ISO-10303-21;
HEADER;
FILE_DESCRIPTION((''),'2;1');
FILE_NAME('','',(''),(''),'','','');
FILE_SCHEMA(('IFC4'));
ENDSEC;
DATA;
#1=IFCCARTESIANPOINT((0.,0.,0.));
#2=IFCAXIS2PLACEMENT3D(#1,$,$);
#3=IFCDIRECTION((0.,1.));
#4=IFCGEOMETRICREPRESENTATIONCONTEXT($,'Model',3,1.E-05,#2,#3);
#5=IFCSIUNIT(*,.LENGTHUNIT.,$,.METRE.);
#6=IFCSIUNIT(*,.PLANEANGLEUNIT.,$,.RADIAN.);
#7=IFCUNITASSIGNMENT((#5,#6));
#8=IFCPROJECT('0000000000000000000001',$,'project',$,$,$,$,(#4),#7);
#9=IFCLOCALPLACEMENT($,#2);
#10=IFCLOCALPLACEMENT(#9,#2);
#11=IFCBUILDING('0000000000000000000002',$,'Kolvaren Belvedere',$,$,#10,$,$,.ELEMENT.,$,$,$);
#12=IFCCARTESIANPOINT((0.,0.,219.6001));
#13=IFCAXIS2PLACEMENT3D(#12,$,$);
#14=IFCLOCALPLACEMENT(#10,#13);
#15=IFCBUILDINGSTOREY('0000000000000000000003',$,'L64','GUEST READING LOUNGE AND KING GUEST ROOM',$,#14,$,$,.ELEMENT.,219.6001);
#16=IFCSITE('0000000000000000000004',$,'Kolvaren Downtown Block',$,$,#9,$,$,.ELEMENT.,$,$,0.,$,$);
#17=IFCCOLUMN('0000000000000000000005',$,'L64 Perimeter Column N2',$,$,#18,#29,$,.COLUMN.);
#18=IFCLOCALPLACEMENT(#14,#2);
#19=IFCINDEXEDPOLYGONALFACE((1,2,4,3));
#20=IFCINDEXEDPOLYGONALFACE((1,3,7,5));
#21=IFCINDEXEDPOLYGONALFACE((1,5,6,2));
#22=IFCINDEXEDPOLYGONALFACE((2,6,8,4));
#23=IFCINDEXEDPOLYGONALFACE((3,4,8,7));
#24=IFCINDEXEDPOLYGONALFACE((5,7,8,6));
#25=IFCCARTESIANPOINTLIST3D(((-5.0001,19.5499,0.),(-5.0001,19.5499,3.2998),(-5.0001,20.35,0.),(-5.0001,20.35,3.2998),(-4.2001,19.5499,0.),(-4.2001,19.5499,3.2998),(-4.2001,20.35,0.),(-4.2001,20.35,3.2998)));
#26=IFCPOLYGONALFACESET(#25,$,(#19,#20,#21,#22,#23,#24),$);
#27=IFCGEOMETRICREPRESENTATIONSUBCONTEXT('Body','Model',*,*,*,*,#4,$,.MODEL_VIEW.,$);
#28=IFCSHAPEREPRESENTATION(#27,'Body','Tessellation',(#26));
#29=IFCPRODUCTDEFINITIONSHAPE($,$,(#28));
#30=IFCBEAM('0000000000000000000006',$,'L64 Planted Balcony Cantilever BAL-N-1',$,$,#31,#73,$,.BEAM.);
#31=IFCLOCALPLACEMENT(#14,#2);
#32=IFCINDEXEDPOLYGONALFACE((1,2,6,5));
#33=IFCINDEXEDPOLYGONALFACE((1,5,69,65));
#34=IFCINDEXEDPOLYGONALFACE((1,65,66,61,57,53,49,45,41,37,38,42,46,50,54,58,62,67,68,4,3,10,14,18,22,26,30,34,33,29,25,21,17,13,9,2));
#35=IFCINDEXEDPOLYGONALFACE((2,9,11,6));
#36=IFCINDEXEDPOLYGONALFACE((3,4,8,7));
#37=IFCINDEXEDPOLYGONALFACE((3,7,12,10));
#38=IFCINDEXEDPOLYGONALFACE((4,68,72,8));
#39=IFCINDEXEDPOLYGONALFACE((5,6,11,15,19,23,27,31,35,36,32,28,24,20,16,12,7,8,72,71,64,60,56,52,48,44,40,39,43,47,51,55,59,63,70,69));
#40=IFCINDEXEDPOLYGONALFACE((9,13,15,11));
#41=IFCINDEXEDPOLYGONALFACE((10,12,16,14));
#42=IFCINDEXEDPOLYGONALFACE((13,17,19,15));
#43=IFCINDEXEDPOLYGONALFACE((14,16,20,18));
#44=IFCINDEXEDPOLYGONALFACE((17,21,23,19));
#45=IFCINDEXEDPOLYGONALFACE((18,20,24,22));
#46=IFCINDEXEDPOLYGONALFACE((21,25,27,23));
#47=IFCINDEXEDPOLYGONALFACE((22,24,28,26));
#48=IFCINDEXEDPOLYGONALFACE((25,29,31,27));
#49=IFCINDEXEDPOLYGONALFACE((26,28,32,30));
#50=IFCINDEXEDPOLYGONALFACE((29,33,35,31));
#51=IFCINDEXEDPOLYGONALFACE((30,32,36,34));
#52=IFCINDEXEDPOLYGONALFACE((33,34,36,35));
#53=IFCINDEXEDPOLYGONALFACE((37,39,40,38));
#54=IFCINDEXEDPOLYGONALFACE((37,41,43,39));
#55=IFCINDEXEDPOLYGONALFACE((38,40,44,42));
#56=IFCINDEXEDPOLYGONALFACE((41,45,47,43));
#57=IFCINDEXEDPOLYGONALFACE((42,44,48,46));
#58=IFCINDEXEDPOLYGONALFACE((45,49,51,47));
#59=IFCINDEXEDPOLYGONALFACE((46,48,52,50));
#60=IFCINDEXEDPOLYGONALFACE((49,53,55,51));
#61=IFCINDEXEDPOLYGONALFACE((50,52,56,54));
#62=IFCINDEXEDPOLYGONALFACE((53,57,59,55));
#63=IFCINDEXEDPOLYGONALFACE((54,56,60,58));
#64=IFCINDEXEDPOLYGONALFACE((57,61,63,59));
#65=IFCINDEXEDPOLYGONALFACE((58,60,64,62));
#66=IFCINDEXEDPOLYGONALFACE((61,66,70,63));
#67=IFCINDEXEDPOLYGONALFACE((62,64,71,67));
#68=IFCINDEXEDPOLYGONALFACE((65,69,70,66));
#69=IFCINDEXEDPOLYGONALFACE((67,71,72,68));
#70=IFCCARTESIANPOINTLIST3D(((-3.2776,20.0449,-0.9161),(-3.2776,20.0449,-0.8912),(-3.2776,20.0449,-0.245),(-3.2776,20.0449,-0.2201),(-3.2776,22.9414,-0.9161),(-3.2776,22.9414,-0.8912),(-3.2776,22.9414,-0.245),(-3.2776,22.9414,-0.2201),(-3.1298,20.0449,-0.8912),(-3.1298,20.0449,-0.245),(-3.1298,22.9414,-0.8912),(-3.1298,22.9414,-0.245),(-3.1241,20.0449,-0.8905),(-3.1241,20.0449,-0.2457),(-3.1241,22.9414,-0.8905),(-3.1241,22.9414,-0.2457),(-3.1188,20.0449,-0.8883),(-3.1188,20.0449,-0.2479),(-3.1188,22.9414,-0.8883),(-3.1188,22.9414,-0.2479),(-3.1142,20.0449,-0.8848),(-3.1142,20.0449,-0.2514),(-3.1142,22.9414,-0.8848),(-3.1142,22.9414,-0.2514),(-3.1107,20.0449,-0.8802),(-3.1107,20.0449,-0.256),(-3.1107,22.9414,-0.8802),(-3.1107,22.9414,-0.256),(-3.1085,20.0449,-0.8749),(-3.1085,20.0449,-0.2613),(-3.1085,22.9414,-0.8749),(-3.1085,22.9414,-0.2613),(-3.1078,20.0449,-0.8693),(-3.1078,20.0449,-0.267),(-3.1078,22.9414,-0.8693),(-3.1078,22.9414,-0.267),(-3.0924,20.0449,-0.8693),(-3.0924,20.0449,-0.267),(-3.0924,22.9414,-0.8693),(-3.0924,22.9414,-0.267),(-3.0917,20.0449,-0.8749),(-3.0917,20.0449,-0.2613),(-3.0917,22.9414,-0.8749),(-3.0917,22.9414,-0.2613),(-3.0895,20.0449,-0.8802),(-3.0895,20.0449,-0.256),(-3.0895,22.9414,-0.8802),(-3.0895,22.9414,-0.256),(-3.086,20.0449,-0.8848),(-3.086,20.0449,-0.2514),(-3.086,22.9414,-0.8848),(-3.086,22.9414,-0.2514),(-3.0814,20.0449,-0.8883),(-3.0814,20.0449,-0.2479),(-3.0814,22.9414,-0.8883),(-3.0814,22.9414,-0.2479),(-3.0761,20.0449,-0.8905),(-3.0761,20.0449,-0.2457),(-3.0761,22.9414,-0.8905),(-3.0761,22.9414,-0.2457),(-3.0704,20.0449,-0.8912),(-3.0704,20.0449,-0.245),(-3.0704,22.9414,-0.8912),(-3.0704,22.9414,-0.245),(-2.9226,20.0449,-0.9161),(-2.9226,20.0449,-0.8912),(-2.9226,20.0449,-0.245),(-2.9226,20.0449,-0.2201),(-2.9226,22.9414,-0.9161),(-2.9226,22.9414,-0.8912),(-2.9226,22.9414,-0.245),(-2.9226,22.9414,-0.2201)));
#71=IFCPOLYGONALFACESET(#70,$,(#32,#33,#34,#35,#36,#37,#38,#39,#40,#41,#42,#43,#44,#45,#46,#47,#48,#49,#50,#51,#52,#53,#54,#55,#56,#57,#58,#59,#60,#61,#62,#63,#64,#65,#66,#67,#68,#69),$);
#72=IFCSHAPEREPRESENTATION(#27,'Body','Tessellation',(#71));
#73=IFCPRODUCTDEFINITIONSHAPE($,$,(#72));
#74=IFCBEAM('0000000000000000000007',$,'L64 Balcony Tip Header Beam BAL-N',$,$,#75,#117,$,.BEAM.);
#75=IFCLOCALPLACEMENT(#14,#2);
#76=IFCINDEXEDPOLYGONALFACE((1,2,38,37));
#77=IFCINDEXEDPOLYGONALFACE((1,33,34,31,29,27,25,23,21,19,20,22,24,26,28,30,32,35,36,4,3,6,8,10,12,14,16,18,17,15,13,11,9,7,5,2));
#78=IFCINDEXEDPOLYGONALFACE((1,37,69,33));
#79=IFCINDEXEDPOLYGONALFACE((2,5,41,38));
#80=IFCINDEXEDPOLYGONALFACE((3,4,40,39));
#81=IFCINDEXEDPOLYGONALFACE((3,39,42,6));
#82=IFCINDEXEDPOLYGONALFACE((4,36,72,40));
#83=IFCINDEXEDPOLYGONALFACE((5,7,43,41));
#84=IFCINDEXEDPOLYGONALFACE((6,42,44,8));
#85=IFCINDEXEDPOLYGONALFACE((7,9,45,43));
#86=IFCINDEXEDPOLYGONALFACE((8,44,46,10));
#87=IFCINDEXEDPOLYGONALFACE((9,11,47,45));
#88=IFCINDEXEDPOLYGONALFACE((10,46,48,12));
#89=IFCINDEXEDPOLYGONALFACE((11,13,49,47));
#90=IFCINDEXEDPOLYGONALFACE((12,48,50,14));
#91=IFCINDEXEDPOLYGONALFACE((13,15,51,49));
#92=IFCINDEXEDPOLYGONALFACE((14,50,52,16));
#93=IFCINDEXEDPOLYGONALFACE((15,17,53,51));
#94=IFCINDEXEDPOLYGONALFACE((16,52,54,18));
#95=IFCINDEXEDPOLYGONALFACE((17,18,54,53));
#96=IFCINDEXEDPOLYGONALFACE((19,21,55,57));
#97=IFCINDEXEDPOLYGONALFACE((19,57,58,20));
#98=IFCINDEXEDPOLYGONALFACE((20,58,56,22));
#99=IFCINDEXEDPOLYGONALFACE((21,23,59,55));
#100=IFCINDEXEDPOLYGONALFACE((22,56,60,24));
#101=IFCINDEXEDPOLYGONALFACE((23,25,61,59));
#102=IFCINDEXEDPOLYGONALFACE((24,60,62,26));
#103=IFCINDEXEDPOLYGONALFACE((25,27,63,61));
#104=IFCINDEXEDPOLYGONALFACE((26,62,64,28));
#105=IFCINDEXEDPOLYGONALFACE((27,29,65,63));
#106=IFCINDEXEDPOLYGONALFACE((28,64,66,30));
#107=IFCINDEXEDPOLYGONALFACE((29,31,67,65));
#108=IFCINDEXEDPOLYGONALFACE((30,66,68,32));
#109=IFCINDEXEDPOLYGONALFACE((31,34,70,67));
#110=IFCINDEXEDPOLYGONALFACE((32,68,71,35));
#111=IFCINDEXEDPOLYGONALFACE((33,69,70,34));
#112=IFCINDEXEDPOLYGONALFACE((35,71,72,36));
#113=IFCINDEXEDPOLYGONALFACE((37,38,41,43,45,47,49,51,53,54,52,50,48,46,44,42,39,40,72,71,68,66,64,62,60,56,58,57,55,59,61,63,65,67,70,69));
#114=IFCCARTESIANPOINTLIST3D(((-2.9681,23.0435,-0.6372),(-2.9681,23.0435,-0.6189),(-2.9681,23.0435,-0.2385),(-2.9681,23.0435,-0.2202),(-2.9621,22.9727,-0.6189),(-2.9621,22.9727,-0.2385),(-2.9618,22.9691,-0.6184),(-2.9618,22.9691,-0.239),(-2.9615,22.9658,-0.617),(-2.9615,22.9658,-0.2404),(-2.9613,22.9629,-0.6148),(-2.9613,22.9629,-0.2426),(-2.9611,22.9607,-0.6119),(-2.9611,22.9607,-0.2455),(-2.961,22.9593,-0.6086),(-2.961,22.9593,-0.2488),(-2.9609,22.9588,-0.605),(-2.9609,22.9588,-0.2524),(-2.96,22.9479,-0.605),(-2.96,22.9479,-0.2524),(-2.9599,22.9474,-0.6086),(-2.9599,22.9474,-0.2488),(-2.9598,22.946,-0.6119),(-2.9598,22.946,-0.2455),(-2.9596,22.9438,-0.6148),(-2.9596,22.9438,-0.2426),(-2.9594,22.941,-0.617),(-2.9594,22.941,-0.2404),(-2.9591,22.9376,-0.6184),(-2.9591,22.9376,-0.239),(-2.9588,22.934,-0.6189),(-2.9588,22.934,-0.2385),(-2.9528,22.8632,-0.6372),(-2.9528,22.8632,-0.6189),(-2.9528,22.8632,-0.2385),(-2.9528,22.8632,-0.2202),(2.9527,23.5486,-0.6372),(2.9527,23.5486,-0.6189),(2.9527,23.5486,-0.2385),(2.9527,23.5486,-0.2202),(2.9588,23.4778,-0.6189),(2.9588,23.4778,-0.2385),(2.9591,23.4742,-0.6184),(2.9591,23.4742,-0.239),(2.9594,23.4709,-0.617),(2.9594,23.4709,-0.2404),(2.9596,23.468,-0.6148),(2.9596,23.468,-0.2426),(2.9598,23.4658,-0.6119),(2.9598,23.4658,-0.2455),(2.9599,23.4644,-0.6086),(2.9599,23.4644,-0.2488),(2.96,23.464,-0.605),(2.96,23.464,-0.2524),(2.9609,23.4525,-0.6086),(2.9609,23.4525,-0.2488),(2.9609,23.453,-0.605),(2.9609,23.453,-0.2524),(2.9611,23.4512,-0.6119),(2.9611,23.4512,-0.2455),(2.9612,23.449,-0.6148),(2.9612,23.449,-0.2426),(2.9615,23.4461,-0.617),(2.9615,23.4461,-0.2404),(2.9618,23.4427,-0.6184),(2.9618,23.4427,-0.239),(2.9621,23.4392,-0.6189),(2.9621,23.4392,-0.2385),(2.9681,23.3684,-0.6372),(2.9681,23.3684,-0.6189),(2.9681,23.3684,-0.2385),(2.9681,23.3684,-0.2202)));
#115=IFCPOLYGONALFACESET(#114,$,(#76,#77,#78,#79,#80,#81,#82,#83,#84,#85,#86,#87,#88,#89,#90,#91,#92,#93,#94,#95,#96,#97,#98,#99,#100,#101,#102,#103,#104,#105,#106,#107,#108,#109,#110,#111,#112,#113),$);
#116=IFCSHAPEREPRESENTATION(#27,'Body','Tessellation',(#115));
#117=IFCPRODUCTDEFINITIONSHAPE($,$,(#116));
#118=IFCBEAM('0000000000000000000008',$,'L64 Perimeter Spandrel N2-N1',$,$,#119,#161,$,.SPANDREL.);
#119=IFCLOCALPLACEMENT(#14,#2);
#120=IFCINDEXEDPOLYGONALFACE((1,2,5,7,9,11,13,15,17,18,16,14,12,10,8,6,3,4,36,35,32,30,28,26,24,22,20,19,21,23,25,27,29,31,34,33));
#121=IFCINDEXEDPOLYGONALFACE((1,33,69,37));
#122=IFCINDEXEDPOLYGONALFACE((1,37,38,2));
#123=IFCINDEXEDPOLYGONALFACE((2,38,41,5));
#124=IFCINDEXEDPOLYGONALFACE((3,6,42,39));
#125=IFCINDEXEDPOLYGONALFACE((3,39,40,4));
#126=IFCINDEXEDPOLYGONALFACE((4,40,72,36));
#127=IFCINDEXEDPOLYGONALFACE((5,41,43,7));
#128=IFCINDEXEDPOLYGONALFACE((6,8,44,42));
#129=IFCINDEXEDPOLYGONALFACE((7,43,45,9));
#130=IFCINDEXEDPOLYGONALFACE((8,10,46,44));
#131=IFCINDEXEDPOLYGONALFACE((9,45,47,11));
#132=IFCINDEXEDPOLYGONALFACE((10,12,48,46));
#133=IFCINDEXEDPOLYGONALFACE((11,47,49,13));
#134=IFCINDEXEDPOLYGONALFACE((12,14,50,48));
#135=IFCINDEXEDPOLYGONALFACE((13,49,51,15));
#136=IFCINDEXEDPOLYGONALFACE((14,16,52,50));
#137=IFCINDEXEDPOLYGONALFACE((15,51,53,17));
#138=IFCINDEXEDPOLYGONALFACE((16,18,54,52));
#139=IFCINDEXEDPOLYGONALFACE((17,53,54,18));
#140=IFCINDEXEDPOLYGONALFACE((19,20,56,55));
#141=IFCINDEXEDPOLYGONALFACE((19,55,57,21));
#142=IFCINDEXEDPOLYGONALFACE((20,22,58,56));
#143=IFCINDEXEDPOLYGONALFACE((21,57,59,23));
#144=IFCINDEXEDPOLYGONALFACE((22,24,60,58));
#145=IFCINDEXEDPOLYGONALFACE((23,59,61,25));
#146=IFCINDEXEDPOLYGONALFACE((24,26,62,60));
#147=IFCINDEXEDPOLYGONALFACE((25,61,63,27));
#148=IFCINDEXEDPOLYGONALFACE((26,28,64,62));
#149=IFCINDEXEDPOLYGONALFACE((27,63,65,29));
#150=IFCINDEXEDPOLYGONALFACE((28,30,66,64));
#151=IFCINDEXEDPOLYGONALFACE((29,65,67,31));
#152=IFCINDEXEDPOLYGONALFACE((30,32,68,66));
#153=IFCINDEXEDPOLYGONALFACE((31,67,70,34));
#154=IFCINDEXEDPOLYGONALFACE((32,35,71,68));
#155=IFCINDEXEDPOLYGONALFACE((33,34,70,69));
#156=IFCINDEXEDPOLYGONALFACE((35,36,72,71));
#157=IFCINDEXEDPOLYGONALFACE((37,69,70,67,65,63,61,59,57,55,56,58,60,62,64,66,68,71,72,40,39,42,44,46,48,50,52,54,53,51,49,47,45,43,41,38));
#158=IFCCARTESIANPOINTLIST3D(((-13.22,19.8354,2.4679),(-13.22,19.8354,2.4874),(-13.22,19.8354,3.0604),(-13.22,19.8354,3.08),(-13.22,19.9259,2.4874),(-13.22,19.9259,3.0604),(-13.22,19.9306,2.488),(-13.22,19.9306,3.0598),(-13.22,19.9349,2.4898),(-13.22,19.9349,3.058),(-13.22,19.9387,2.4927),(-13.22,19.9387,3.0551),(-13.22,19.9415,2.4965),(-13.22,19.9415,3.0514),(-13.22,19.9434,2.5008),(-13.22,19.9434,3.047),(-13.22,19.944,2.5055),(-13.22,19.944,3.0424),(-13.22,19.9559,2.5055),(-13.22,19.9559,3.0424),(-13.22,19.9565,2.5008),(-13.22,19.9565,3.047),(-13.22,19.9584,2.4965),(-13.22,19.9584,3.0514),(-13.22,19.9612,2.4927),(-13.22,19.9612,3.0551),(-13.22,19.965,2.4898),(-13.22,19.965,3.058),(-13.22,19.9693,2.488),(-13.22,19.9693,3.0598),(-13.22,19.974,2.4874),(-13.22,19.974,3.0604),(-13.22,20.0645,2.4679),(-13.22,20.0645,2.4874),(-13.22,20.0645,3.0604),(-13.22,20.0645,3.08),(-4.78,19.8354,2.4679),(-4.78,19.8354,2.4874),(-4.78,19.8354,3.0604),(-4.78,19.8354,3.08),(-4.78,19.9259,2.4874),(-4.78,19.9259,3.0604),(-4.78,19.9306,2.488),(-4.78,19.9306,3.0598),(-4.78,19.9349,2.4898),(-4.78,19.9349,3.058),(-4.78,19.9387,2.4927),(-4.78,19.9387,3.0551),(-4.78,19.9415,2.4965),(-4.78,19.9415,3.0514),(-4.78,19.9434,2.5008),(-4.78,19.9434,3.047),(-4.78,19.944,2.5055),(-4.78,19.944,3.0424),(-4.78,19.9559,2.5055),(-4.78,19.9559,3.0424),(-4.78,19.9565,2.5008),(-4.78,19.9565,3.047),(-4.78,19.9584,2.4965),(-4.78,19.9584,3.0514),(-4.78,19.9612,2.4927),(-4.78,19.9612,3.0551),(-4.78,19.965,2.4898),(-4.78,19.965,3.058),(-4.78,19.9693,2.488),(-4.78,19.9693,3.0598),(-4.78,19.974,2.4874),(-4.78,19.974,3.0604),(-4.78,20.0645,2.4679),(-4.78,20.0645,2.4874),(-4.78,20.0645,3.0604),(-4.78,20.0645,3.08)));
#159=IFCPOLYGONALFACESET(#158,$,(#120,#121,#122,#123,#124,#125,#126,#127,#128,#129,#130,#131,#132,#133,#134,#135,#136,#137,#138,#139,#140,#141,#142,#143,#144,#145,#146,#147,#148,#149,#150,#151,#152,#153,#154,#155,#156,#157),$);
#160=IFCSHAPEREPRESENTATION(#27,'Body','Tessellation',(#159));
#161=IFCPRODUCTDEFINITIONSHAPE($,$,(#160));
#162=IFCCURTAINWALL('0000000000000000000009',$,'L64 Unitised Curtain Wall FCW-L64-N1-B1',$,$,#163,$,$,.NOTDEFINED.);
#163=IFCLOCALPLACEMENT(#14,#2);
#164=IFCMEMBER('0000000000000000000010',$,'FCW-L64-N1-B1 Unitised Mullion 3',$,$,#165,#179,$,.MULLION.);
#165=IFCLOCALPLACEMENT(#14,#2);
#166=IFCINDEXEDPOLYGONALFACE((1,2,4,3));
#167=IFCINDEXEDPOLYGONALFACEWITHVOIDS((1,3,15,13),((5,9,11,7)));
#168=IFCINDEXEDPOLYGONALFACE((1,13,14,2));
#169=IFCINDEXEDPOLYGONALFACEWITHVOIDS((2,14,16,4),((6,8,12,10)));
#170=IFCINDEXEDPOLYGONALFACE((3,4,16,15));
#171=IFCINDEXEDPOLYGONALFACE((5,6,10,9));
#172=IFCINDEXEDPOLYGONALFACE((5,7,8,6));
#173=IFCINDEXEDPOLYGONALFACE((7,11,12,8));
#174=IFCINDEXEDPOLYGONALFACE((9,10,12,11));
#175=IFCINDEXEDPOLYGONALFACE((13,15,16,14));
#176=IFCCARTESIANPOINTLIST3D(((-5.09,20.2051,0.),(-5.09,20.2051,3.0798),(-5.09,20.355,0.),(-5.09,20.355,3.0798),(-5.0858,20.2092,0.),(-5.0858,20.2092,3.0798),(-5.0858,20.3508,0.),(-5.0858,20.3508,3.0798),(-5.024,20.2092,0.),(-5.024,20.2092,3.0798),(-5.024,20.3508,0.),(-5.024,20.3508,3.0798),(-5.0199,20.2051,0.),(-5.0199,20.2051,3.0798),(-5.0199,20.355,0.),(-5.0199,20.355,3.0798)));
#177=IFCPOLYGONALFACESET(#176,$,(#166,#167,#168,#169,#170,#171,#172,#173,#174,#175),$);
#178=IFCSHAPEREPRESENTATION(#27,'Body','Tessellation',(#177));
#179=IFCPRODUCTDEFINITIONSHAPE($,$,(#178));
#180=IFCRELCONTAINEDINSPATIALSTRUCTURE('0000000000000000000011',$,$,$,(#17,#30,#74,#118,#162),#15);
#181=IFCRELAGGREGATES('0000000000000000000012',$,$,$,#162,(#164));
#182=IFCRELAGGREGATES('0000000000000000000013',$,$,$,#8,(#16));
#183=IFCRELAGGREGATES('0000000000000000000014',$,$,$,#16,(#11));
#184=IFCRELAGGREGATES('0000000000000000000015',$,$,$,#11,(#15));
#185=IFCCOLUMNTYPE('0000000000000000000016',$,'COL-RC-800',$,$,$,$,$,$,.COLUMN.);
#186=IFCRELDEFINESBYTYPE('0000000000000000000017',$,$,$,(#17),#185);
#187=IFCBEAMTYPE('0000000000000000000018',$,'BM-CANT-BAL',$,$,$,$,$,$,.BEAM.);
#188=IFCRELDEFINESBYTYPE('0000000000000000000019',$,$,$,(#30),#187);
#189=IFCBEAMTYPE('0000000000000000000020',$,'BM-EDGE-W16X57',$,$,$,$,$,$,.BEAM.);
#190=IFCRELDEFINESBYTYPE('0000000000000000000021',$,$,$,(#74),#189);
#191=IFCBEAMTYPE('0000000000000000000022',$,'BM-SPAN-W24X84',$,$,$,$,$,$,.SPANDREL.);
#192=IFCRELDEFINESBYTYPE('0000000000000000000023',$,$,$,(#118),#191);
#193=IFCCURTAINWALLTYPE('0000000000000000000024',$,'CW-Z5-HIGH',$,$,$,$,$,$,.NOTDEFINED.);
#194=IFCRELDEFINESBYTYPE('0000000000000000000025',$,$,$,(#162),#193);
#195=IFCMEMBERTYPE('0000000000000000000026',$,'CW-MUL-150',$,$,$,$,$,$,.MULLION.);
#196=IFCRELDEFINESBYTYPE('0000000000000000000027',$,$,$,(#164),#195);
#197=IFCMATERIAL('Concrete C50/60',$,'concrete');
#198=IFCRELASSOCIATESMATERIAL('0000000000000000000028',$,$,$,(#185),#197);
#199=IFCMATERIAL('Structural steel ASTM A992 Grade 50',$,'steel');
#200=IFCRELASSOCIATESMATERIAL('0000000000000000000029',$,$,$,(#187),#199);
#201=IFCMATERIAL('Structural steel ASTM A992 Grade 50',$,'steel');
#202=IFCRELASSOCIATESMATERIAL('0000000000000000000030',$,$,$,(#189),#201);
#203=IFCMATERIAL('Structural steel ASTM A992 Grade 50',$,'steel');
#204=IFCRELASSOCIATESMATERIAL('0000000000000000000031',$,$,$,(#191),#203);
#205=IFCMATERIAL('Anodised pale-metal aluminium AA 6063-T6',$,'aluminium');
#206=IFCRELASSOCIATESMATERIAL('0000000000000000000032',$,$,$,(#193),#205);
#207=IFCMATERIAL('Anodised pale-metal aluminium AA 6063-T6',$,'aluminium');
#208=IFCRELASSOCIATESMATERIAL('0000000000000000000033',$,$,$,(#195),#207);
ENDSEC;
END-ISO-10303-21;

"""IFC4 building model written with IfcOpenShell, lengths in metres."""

from ifc_helpers import new_model, si_unit, direction, frame, origin, origin_2d, place, context, subcontext, project, spatial, rectangle, hollow_rectangle, i_section, extrude, material, material_profile, profile_set, type_object, element, aggregate, save


model = new_model("IFC4")

# Units and contexts
model_context = context("Model", 3, precision=1e-05, world=origin(), true_north=direction((0.0, 1.0)))
body_context = subcontext(model_context, "Body", "Model", "MODEL_VIEW")
ifc_project = project(units=[si_unit("LENGTHUNIT", "METRE"), si_unit("PLANEANGLEUNIT", "RADIAN")], contexts=[model_context])

# Site, building, storey
site_placement = place(None, origin())
site = spatial("IfcSite", under=ifc_project, at=site_placement, Name="Kolvaren Downtown Block", CompositionType="ELEMENT", RefElevation=0.0)
building_placement = place(site_placement, origin())
building = spatial("IfcBuilding", under=site, at=building_placement, Name="Kolvaren Belvedere", CompositionType="ELEMENT")
storey_placement = place(building_placement, frame((0.0, 0.0, 219.6001)))
storey = spatial("IfcBuildingStorey", under=building, at=storey_placement, Name="L64", Description="GUEST READING LOUNGE AND KING GUEST ROOM", CompositionType="ELEMENT", Elevation=219.6001)

# Column
ifc_material_1 = material(Name="Concrete C50/60", Category="concrete")
ifc_material_profile_1 = material_profile(ifc_material_1, rectangle(XDim=0.8, YDim=0.8, at=origin_2d()), Name="RC 800X800")
ifc_profile_set_1 = profile_set([ifc_material_profile_1], Name="Concrete C50/60")
column_type = type_object("IfcColumnType", Name="COL-RC-800", PredefinedType="COLUMN", material=ifc_profile_set_1)
column_placement = place(storey_placement, frame((-4.6001, 19.95, 0.0), z_axis=(0.0, 0.0, 1.0), x_axis=(1.0, 0.0, 0.0)))
element("IfcColumn", 1, at=column_placement, inside=storey, type_object=column_type, Name="L64 Perimeter Column N2", PredefinedType="COLUMN", context=body_context, shape_type="SweptSolid", body=[
    extrude(rectangle(XDim=0.8, YDim=0.8, at=origin_2d()), origin(), (0.0, 0.0, 1.0), 3.2998),
])

# Beams
ifc_material_2 = material(Name="Structural steel ASTM A992 Grade 50", Category="steel")
ifc_material_profile_2 = material_profile(ifc_material_2, i_section(OverallWidth=0.355, OverallDepth=0.696, WebThickness=0.0154, FlangeThickness=0.0249, FilletRadius=0.022, at=origin_2d()), Name="W27X146")
ifc_profile_set_2 = profile_set([ifc_material_profile_2], Name="Structural steel ASTM A992 Grade 50")
beam_type_1 = type_object("IfcBeamType", Name="BM-CANT-BAL", PredefinedType="BEAM", material=ifc_profile_set_2)
beam_1_placement = place(storey_placement, frame((-3.1001, 20.0449, -0.5681), z_axis=(0.0, 1.0, 0.0), x_axis=(-1.0, 0.0, 0.0)))
element("IfcBeam", 2, at=beam_1_placement, inside=storey, type_object=beam_type_1, Name="L64 Planted Balcony Cantilever BAL-N-1", PredefinedType="BEAM", context=body_context, shape_type="SweptSolid", body=[
    extrude(i_section(OverallWidth=0.355, OverallDepth=0.696, WebThickness=0.0154, FlangeThickness=0.0249, FilletRadius=0.022, at=origin_2d()), origin(), (0.0, 0.0, 1.0), 2.8965),
])
ifc_material_3 = material(Name="Structural steel ASTM A992 Grade 50", Category="steel")
ifc_material_profile_3 = material_profile(ifc_material_3, i_section(OverallWidth=0.1809, OverallDepth=0.417, WebThickness=0.011, FlangeThickness=0.0183, FilletRadius=0.0139, at=origin_2d()), Name="W16X57")
ifc_profile_set_3 = profile_set([ifc_material_profile_3], Name="Structural steel ASTM A992 Grade 50")
beam_type_2 = type_object("IfcBeamType", Name="BM-EDGE-W16X57", PredefinedType="BEAM", material=ifc_profile_set_3)
beam_2_placement = place(storey_placement, frame((-2.9604, 22.9534, -0.4287), z_axis=(0.996381, 0.085004, 0.0), x_axis=(-0.085004, 0.996381, 0.0)))
element("IfcBeam", 3, at=beam_2_placement, inside=storey, type_object=beam_type_2, Name="L64 Balcony Tip Header Beam BAL-N", PredefinedType="BEAM", context=body_context, shape_type="SweptSolid", body=[
    extrude(i_section(OverallWidth=0.1809, OverallDepth=0.417, WebThickness=0.011, FlangeThickness=0.0183, FilletRadius=0.0139, at=origin_2d()), origin(), (0.0, 0.0, 1.0), 5.9424),
])
ifc_material_4 = material(Name="Structural steel ASTM A992 Grade 50", Category="steel")
ifc_material_profile_4 = material_profile(ifc_material_4, i_section(OverallWidth=0.229, OverallDepth=0.6121, WebThickness=0.012, FlangeThickness=0.0195, FilletRadius=0.0181, at=origin_2d()), Name="W24X84")
ifc_profile_set_4 = profile_set([ifc_material_profile_4], Name="Structural steel ASTM A992 Grade 50")
beam_type_3 = type_object("IfcBeamType", Name="BM-SPAN-W24X84", PredefinedType="SPANDREL", material=ifc_profile_set_4)
beam_3_placement = place(storey_placement, frame((-4.78, 19.95, 2.7739), z_axis=(-1.0, 0.0, 0.0), x_axis=(0.0, -1.0, 0.0)))
element("IfcBeam", 4, at=beam_3_placement, inside=storey, type_object=beam_type_3, Name="L64 Perimeter Spandrel N2-N1", PredefinedType="SPANDREL", context=body_context, shape_type="SweptSolid", body=[
    extrude(i_section(OverallWidth=0.229, OverallDepth=0.6121, WebThickness=0.012, FlangeThickness=0.0195, FilletRadius=0.0181, at=origin_2d()), origin(), (0.0, 0.0, 1.0), 8.4399),
])

# Curtain wall, member
ifc_material_5 = material(Name="Anodised pale-metal aluminium AA 6063-T6", Category="aluminium")
curtain_wall_type = type_object("IfcCurtainWallType", Name="CW-Z5-HIGH", PredefinedType="NOTDEFINED", material=ifc_material_5)
curtain_wall_1_placement = place(storey_placement, origin())
curtain_wall_1 = element("IfcCurtainWall", 5, at=curtain_wall_1_placement, inside=storey, type_object=curtain_wall_type, Name="L64 Unitised Curtain Wall FCW-L64-N1-B1", PredefinedType="NOTDEFINED")
ifc_material_6 = material(Name="Anodised pale-metal aluminium AA 6063-T6", Category="aluminium")
ifc_material_profile_5 = material_profile(ifc_material_6, hollow_rectangle(XDim=0.0701, YDim=0.1499, WallThickness=0.0042, at=origin_2d()), Name="ALU-MUL-150X70")
ifc_profile_set_5 = profile_set([ifc_material_profile_5], Name="Anodised pale-metal aluminium AA 6063-T6")
member_type_1 = type_object("IfcMemberType", Name="CW-MUL-150", PredefinedType="MULLION", material=ifc_profile_set_5)
member_1_placement = place(storey_placement, frame((-5.0549, 20.28, 0.0), z_axis=(0.0, 0.0, 1.0), x_axis=(1.0, 0.0, 0.0)))
member_1 = element("IfcMember", 6, at=member_1_placement, type_object=member_type_1, Name="FCW-L64-N1-B1 Unitised Mullion 3", PredefinedType="MULLION", context=body_context, shape_type="SweptSolid", body=[
    extrude(hollow_rectangle(XDim=0.0701, YDim=0.1499, WallThickness=0.0042, at=origin_2d()), origin(), (0.0, 0.0, 1.0), 3.0798),
])
aggregate(curtain_wall_1, [member_1])

save(model, "model.ifc")
